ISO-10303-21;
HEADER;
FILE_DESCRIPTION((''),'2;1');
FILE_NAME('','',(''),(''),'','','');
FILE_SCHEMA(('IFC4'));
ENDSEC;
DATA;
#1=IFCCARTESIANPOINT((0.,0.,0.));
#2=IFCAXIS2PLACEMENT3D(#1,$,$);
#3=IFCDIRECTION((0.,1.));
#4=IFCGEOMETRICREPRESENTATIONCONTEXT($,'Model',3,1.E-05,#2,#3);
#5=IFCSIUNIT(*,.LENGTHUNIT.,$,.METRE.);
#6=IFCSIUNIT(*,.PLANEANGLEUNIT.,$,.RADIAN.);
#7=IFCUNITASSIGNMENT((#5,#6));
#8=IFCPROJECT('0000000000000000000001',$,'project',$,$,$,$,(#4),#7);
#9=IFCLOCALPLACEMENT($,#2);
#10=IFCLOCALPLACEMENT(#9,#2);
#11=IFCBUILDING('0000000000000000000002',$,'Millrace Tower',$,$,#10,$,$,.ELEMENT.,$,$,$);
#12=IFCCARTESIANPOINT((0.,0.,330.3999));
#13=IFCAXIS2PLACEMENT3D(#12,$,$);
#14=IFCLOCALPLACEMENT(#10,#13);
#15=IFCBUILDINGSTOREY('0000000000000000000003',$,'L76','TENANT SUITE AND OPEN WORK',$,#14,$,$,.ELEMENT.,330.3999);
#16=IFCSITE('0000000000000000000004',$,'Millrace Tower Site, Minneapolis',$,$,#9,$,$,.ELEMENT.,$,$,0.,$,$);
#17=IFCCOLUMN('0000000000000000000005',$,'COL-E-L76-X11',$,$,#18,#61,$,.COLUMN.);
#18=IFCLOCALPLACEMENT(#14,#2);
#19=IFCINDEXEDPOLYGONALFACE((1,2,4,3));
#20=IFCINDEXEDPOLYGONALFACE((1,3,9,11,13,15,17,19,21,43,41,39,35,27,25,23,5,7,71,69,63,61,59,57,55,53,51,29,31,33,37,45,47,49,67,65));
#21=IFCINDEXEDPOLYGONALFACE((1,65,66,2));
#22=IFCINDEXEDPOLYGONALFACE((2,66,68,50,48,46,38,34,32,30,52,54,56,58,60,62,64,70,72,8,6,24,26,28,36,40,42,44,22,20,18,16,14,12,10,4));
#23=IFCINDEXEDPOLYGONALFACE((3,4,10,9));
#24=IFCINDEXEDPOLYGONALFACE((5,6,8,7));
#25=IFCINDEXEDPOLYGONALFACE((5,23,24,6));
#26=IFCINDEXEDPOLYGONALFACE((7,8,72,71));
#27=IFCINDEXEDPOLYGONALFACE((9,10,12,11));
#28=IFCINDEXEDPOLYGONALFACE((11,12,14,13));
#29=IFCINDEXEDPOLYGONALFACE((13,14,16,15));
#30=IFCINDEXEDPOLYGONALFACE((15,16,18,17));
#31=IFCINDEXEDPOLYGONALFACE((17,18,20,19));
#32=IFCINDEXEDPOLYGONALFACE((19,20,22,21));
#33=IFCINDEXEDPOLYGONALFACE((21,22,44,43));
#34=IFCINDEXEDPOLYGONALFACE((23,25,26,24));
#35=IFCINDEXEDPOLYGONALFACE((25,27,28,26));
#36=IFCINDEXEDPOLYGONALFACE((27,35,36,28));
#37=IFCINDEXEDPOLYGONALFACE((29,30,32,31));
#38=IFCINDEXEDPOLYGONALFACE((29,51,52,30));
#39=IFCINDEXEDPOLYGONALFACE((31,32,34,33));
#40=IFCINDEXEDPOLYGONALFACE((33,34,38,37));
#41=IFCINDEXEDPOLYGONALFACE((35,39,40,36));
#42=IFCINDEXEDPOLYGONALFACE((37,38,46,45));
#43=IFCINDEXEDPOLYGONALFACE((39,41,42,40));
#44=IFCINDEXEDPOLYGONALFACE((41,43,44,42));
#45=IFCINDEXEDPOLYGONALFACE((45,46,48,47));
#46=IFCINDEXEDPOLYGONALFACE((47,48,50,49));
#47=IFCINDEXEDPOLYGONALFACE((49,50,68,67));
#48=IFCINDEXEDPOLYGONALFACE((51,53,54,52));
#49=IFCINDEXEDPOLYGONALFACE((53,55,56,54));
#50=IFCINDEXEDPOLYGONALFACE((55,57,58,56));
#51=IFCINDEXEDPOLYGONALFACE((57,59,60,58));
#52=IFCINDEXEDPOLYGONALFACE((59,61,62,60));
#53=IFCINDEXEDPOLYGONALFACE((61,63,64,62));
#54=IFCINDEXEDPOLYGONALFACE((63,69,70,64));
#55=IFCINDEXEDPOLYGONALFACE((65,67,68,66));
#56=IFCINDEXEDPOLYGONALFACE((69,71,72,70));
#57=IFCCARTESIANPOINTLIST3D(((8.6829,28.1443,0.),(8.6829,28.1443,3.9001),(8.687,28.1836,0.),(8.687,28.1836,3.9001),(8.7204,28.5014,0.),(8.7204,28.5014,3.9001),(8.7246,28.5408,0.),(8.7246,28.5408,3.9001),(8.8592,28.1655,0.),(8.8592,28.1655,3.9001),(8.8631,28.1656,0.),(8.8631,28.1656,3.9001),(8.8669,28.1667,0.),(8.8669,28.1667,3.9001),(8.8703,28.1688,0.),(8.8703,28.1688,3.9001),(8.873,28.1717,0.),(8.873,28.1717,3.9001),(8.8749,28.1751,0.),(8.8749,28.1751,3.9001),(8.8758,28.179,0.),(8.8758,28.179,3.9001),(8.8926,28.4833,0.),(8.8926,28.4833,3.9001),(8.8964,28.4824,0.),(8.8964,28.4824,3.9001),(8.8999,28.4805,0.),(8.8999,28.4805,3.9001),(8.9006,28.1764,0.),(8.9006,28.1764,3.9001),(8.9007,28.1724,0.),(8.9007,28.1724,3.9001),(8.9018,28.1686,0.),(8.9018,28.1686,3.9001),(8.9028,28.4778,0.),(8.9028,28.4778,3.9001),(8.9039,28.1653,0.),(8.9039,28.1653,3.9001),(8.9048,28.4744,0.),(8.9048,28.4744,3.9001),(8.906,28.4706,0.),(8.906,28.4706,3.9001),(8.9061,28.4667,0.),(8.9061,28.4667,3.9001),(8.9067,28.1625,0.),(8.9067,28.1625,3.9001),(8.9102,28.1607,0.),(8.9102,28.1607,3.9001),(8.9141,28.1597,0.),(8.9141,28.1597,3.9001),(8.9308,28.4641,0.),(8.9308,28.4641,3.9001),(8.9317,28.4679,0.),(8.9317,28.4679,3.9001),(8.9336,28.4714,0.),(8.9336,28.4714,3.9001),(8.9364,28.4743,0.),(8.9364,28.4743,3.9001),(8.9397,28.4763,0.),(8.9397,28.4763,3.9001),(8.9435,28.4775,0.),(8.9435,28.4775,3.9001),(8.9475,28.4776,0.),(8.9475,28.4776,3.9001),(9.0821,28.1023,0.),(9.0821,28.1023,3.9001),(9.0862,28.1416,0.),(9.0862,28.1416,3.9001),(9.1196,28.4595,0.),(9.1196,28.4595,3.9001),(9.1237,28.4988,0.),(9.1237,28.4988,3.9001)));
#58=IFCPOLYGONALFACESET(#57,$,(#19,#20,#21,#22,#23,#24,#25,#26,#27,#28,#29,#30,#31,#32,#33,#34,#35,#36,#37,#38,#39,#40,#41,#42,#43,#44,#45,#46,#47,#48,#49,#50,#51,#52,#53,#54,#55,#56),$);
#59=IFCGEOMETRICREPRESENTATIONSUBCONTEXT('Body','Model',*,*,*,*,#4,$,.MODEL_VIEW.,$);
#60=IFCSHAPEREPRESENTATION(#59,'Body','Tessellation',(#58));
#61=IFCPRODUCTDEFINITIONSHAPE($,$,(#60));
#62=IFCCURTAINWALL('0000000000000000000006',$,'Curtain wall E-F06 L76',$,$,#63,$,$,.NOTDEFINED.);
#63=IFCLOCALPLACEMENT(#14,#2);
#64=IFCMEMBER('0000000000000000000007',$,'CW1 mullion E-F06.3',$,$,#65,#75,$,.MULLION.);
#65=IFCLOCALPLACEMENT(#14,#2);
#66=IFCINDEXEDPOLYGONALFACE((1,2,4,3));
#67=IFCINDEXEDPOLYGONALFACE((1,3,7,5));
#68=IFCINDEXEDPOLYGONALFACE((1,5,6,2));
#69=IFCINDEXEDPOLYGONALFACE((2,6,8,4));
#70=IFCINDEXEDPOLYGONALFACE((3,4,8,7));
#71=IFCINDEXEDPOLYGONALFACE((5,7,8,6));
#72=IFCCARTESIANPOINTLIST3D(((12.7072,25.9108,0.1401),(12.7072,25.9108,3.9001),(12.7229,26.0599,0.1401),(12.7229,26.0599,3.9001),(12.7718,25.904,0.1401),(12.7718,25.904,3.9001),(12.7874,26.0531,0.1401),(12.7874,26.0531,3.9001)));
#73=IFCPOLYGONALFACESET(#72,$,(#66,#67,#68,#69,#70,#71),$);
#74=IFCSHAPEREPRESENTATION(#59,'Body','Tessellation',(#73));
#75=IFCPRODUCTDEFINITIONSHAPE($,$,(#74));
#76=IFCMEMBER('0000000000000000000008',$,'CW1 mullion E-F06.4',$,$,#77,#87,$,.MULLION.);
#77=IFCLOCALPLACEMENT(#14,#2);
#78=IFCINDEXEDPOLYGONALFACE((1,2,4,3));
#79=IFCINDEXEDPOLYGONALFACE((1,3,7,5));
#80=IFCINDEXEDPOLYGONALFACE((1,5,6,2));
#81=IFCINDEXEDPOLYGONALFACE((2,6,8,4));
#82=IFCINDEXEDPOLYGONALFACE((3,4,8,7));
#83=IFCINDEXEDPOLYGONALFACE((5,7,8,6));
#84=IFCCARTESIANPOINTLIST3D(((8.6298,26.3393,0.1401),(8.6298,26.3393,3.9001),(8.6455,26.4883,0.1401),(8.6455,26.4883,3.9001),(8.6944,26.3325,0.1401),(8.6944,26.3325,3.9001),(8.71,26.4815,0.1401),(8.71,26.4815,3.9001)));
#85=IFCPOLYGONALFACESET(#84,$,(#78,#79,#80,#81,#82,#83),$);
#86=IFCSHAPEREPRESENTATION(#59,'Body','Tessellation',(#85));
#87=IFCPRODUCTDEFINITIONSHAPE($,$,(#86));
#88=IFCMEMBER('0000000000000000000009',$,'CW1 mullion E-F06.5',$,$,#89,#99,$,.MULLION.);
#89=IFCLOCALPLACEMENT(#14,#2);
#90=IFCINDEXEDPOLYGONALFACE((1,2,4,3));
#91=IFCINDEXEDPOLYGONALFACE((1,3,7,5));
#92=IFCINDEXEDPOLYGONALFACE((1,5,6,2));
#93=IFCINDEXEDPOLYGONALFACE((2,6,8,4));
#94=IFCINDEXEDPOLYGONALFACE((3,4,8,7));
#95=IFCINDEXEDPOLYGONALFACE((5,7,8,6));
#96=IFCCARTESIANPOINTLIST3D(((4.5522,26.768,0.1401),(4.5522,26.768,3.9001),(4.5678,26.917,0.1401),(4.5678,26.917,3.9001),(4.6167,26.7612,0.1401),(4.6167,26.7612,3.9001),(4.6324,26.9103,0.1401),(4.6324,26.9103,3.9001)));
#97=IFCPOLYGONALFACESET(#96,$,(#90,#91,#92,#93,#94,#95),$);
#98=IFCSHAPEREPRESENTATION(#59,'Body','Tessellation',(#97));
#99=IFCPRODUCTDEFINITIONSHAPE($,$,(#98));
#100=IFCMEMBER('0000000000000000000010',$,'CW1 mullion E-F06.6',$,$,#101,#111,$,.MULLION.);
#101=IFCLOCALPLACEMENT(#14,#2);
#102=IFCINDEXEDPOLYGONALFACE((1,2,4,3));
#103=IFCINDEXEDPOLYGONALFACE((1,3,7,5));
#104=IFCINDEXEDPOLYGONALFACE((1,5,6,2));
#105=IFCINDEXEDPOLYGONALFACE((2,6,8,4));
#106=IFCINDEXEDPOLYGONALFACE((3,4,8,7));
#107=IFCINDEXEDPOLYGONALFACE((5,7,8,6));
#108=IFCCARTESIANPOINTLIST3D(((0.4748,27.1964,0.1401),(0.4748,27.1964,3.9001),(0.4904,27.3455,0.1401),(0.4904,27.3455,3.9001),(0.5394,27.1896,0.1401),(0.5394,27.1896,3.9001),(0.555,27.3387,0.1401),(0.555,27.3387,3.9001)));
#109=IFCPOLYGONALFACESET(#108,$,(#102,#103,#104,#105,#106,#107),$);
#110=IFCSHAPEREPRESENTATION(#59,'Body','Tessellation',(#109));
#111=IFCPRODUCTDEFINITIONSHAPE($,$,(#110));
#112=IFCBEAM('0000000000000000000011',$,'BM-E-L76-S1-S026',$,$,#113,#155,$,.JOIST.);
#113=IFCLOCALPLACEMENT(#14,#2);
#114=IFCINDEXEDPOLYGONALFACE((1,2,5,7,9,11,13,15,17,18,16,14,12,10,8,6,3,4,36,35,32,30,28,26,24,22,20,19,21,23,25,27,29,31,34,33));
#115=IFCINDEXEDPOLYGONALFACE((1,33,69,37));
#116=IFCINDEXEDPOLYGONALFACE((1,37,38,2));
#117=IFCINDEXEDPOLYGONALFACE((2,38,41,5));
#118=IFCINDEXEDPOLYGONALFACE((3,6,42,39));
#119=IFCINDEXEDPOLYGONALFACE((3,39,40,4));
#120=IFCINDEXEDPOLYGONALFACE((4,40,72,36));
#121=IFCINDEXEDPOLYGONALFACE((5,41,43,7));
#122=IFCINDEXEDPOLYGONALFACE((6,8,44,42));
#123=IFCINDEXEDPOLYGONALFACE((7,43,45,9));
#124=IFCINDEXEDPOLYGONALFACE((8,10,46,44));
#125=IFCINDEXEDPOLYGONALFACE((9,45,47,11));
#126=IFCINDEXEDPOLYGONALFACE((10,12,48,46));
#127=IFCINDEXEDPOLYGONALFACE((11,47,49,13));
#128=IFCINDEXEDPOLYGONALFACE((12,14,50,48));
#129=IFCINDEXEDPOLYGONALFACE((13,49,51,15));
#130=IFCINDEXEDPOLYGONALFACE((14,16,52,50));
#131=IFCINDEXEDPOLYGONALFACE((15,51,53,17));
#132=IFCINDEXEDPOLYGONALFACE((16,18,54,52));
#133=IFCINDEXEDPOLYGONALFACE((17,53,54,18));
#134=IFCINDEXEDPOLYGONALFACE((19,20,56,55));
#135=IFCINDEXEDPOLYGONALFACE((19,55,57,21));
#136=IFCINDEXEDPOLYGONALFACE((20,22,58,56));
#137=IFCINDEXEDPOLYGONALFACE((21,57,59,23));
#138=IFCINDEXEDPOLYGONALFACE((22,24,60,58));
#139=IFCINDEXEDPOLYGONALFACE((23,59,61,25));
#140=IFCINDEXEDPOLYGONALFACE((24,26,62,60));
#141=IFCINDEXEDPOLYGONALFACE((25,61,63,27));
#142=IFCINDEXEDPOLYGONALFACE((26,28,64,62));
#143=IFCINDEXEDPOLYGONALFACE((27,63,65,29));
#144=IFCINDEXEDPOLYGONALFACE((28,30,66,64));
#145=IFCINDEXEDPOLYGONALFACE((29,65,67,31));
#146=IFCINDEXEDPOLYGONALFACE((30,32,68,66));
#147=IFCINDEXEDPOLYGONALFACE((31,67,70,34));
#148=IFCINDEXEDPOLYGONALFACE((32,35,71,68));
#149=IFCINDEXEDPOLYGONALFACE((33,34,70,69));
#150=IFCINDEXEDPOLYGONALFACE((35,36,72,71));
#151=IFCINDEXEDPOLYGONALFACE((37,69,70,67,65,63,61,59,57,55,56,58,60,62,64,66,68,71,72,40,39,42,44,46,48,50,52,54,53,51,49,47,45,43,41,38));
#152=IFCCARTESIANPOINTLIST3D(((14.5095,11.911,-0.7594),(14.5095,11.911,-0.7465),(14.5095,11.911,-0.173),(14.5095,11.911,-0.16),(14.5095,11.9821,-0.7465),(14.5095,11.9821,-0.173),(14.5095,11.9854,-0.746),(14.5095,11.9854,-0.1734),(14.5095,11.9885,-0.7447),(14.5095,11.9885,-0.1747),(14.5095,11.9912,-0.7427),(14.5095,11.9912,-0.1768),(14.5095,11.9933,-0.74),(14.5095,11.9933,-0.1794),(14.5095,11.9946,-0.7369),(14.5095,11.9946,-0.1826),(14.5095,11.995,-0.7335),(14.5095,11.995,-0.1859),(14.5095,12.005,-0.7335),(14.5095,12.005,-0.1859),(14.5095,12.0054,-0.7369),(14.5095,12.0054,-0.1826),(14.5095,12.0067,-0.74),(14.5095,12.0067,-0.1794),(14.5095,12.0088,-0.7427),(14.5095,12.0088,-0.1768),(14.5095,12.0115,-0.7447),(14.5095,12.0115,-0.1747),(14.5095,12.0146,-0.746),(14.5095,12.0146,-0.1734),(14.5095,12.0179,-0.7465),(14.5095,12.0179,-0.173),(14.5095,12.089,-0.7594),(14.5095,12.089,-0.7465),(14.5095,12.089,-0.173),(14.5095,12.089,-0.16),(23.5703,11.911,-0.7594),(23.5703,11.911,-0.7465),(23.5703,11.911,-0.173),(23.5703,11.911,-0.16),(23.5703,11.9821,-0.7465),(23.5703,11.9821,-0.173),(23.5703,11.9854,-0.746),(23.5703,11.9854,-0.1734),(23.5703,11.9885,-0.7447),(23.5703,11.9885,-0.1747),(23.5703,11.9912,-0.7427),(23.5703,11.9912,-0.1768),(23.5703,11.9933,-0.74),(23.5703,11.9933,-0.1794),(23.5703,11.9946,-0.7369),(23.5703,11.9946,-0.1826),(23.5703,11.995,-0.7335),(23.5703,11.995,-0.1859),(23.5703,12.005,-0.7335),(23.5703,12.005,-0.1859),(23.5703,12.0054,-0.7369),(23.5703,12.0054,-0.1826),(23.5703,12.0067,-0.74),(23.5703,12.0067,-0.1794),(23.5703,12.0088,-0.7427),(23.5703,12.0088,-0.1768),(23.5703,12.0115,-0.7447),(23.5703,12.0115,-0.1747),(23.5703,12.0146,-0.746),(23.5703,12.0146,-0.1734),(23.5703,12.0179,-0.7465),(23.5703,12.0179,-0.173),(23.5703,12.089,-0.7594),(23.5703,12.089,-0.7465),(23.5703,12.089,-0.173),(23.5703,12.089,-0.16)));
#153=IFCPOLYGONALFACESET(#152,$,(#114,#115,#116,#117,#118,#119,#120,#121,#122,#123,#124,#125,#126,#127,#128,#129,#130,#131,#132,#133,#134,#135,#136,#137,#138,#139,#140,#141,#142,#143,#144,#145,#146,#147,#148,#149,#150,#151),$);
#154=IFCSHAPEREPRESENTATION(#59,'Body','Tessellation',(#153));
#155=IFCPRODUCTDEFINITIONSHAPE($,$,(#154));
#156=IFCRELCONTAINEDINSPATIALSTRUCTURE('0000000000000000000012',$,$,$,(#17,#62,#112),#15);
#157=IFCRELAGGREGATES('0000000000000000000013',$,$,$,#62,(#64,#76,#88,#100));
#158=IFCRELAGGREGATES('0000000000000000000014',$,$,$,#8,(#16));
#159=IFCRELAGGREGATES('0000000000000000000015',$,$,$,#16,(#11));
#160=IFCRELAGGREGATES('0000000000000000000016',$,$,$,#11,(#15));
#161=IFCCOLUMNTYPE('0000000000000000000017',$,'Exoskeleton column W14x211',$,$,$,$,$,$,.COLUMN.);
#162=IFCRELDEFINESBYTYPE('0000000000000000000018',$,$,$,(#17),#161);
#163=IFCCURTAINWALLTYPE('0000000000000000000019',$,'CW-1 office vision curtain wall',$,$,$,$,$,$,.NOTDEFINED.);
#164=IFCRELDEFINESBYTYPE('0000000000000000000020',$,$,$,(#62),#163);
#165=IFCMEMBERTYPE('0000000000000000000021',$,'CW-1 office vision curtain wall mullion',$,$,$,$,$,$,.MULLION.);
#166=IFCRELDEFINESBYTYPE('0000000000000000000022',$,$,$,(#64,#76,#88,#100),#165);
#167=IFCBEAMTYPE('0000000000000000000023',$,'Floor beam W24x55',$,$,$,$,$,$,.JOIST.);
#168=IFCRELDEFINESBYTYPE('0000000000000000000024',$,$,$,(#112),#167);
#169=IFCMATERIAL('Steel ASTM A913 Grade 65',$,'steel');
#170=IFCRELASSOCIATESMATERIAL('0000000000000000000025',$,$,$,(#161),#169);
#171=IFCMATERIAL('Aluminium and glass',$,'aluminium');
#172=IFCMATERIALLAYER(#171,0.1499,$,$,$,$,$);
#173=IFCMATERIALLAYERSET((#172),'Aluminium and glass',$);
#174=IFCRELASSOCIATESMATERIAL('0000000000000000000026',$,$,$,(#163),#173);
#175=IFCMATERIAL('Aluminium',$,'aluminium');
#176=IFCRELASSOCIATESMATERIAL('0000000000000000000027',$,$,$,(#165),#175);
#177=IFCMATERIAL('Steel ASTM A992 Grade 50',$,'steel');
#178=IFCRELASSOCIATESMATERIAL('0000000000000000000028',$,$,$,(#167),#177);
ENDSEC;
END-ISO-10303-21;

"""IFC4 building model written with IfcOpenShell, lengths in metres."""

from ifc_helpers import new_model, si_unit, direction, frame, origin, origin_2d, place, context, subcontext, project, spatial, rectangle, i_section, extrude, material, layer, layer_set, material_profile, profile_set, type_object, element, aggregate, save


model = new_model("IFC4")

# Units and contexts
model_context = context("Model", 3, precision=1e-05, world=origin(), true_north=direction((0.0, 1.0)))
body_context = subcontext(model_context, "Body", "Model", "MODEL_VIEW")
ifc_project = project(units=[si_unit("LENGTHUNIT", "METRE"), si_unit("PLANEANGLEUNIT", "RADIAN")], contexts=[model_context])

# Site, building, storey
site_placement = place(None, origin())
site = spatial("IfcSite", under=ifc_project, at=site_placement, Name="Millrace Tower Site, Minneapolis", CompositionType="ELEMENT", RefElevation=0.0)
building_placement = place(site_placement, origin())
building = spatial("IfcBuilding", under=site, at=building_placement, Name="Millrace Tower", CompositionType="ELEMENT")
storey_placement = place(building_placement, frame((0.0, 0.0, 330.3999)))
storey = spatial("IfcBuildingStorey", under=building, at=storey_placement, Name="L76", Description="TENANT SUITE AND OPEN WORK", CompositionType="ELEMENT", Elevation=330.3999)

# Column
ifc_material_1 = material(Name="Steel ASTM A913 Grade 65", Category="steel")
ifc_material_profile_1 = material_profile(ifc_material_1, i_section(OverallWidth=0.4014, OverallDepth=0.3987, WebThickness=0.0249, FlangeThickness=0.0396, FilletRadius=0.0151, at=origin_2d()))
ifc_profile_set_1 = profile_set([ifc_material_profile_1], Name="Steel ASTM A913 Grade 65")
column_type = type_object("IfcColumnType", Name="Exoskeleton column W14x211", PredefinedType="COLUMN", material=ifc_profile_set_1)
column_placement = place(storey_placement, frame((8.9033, 28.3215, 0.0), z_axis=(0.0, 0.0, 1.0), x_axis=(-0.994522, 0.104528, 0.0)))
element("IfcColumn", 1, at=column_placement, inside=storey, type_object=column_type, Name="COL-E-L76-X11", PredefinedType="COLUMN", context=body_context, shape_type="SweptSolid", body=[
    extrude(i_section(OverallWidth=0.4014, OverallDepth=0.3987, WebThickness=0.0249, FlangeThickness=0.0396, FilletRadius=0.0151, at=origin_2d()), origin(), (0.0, 0.0, 1.0), 3.9001),
])

# Curtain wall, members
ifc_material_2 = material(Name="Aluminium and glass", Category="aluminium")
ifc_layer_1 = layer(ifc_material_2, 0.1499)
ifc_layer_set_1 = layer_set([ifc_layer_1], Name="Aluminium and glass")
curtain_wall_type = type_object("IfcCurtainWallType", Name="CW-1 office vision curtain wall", PredefinedType="NOTDEFINED", material=ifc_layer_set_1)
curtain_wall_placement = place(storey_placement, origin())
curtain_wall = element("IfcCurtainWall", 2, at=curtain_wall_placement, inside=storey, type_object=curtain_wall_type, Name="Curtain wall E-F06 L76", PredefinedType="NOTDEFINED")
ifc_material_3 = material(Name="Aluminium", Category="aluminium")
ifc_material_profile_2 = material_profile(ifc_material_3, rectangle(XDim=0.0649, YDim=0.1499, at=origin_2d()))
ifc_profile_set_2 = profile_set([ifc_material_profile_2], Name="Aluminium")
member_type = type_object("IfcMemberType", Name="CW-1 office vision curtain wall mullion", PredefinedType="MULLION", material=ifc_profile_set_2)
member_1_placement = place(storey_placement, frame((12.7473, 25.9819, 0.1401), z_axis=(0.0, 0.0, 1.0), x_axis=(-0.994522, 0.104528, 0.0)))
member_1 = element("IfcMember", 3, at=member_1_placement, type_object=member_type, Name="CW1 mullion E-F06.3", PredefinedType="MULLION", context=body_context, shape_type="SweptSolid", body=[
    extrude(rectangle(XDim=0.0649, YDim=0.1499, at=origin_2d()), origin(), (0.0, 0.0, 1.0), 3.76),
])
member_2_placement = place(storey_placement, frame((8.6699, 26.4104, 0.1401), z_axis=(0.0, 0.0, 1.0), x_axis=(-0.994522, 0.104528, 0.0)))
member_2 = element("IfcMember", 4, at=member_2_placement, type_object=member_type, Name="CW1 mullion E-F06.4", PredefinedType="MULLION", context=body_context, shape_type="SweptSolid", body=[
    extrude(rectangle(XDim=0.0649, YDim=0.1499, at=origin_2d()), origin(), (0.0, 0.0, 1.0), 3.76),
])
member_3_placement = place(storey_placement, frame((4.5923, 26.8391, 0.1401), z_axis=(0.0, 0.0, 1.0), x_axis=(-0.994522, 0.104528, 0.0)))
member_3 = element("IfcMember", 5, at=member_3_placement, type_object=member_type, Name="CW1 mullion E-F06.5", PredefinedType="MULLION", context=body_context, shape_type="SweptSolid", body=[
    extrude(rectangle(XDim=0.0649, YDim=0.1499, at=origin_2d()), origin(), (0.0, 0.0, 1.0), 3.76),
])
member_4_placement = place(storey_placement, frame((0.5149, 27.2676, 0.1401), z_axis=(0.0, 0.0, 1.0), x_axis=(-0.994522, 0.104528, 0.0)))
member_4 = element("IfcMember", 6, at=member_4_placement, type_object=member_type, Name="CW1 mullion E-F06.6", PredefinedType="MULLION", context=body_context, shape_type="SweptSolid", body=[
    extrude(rectangle(XDim=0.0649, YDim=0.1499, at=origin_2d()), origin(), (0.0, 0.0, 1.0), 3.76),
])
aggregate(curtain_wall, [member_1, member_2, member_3, member_4])

# Beam
ifc_material_4 = material(Name="Steel ASTM A992 Grade 50", Category="steel")
ifc_material_profile_3 = material_profile(ifc_material_4, i_section(OverallWidth=0.178, OverallDepth=0.5994, WebThickness=0.01, FlangeThickness=0.0129, FilletRadius=0.0129, at=origin_2d()))
ifc_profile_set_3 = profile_set([ifc_material_profile_3], Name="Steel ASTM A992 Grade 50")
beam_type_1 = type_object("IfcBeamType", Name="Floor beam W24x55", PredefinedType="JOIST", material=ifc_profile_set_3)
beam_1_placement = place(storey_placement, frame((14.5095, 12.0, -0.4597), z_axis=(1.0, 0.0, 0.0), x_axis=(0.0, 1.0, 0.0)))
element("IfcBeam", 7, at=beam_1_placement, inside=storey, type_object=beam_type_1, Name="BM-E-L76-S1-S026", PredefinedType="JOIST", context=body_context, shape_type="SweptSolid", body=[
    extrude(i_section(OverallWidth=0.178, OverallDepth=0.5994, WebThickness=0.01, FlangeThickness=0.0129, FilletRadius=0.0129, at=origin_2d()), origin(), (0.0, 0.0, 1.0), 9.0608),
])

save(model, "model.ifc")
